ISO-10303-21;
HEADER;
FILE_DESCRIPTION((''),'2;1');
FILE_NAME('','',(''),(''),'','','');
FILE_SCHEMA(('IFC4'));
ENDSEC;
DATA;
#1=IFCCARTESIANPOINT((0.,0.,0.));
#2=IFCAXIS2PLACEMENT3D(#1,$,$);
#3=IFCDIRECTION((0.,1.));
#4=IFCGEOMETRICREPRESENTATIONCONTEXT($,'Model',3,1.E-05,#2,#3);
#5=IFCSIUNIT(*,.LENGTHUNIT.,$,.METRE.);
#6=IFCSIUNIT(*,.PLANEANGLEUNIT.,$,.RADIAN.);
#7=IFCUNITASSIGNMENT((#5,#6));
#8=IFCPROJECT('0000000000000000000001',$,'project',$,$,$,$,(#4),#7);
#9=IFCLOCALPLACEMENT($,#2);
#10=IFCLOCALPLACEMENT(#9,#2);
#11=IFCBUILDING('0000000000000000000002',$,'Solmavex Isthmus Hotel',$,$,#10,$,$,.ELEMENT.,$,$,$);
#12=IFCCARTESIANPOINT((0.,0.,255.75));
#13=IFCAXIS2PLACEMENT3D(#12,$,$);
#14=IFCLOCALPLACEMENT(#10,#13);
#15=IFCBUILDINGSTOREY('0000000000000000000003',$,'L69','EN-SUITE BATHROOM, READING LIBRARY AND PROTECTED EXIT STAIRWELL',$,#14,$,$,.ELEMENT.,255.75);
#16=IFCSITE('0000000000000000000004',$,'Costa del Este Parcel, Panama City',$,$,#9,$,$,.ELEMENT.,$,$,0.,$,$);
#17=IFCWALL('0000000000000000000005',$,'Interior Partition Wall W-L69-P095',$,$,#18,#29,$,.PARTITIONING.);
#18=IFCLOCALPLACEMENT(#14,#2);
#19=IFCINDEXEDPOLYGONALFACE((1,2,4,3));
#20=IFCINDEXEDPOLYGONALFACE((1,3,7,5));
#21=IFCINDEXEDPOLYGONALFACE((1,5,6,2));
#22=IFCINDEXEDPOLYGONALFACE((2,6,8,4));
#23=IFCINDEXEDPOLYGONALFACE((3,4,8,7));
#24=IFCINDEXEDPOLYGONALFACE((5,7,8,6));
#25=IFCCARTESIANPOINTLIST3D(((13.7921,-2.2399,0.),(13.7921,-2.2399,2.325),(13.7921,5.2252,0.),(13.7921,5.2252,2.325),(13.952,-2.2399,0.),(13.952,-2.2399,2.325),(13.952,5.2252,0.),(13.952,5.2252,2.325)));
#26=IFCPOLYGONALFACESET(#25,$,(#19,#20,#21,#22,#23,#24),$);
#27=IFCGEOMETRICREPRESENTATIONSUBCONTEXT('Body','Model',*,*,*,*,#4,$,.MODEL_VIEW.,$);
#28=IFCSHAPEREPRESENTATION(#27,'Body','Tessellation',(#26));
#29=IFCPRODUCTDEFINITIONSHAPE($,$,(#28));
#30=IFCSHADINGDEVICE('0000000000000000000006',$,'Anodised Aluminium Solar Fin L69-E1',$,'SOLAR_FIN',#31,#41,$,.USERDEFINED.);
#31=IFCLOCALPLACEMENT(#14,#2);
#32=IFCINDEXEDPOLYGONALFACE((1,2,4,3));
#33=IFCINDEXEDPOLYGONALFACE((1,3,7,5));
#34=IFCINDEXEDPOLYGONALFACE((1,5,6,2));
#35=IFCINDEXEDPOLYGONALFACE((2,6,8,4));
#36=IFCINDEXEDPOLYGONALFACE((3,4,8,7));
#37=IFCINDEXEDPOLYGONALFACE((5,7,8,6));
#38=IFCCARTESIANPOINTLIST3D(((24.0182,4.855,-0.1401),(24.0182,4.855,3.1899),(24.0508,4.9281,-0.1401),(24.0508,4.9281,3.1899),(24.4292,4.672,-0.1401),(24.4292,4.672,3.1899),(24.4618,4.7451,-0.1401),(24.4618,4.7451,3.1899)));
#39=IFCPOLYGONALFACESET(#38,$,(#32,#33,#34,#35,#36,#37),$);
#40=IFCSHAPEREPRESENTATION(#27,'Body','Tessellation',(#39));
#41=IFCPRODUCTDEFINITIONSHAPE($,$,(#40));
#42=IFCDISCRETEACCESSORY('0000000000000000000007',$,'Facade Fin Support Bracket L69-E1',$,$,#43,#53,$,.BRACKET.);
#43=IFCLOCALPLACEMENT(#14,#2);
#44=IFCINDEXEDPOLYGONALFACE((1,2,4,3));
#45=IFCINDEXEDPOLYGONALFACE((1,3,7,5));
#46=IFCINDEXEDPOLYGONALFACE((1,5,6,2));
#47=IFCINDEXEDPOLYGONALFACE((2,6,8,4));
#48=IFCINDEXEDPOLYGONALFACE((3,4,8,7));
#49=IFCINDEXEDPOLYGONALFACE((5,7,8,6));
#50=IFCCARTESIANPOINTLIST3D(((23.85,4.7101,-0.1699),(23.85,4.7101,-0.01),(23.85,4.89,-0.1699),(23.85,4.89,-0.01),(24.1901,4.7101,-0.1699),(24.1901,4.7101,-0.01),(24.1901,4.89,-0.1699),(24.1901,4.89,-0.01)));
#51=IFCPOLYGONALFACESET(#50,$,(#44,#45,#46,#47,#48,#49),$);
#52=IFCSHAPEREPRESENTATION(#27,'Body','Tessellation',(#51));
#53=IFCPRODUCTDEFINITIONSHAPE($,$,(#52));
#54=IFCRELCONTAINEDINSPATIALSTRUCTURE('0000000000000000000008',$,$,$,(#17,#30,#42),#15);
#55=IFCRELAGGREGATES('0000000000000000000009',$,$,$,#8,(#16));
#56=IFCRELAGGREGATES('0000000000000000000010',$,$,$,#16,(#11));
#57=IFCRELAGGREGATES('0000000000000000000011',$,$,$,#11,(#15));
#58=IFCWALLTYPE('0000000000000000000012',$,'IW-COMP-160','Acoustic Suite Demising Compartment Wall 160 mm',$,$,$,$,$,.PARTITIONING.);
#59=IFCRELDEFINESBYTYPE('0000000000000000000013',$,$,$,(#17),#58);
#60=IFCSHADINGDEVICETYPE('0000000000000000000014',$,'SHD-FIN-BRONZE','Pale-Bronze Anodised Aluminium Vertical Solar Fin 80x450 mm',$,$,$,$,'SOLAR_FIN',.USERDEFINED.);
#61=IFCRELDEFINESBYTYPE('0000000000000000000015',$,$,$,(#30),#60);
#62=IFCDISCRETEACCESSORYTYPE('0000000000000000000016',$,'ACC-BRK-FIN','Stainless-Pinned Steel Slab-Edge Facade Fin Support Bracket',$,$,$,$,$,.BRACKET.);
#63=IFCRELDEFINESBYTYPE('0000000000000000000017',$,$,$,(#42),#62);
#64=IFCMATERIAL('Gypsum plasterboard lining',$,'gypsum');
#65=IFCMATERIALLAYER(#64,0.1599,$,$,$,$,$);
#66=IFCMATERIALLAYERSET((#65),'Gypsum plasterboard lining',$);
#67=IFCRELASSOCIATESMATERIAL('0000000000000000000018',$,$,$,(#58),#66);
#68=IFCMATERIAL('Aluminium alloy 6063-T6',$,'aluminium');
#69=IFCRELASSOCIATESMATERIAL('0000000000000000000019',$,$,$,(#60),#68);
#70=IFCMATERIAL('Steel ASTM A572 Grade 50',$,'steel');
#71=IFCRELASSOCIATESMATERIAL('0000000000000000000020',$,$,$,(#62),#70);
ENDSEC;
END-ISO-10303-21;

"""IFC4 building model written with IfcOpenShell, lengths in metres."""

from ifc_helpers import new_model, si_unit, direction, frame, frame_2d, origin, origin_2d, place, context, subcontext, project, spatial, rectangle, extrude, material, layer, layer_set, type_object, element, save


model = new_model("IFC4")

# Units and contexts
model_context = context("Model", 3, precision=1e-05, world=origin(), true_north=direction((0.0, 1.0)))
body_context = subcontext(model_context, "Body", "Model", "MODEL_VIEW")
ifc_project = project(units=[si_unit("LENGTHUNIT", "METRE"), si_unit("PLANEANGLEUNIT", "RADIAN")], contexts=[model_context])

# Site, building, storey
site_placement = place(None, origin())
site = spatial("IfcSite", under=ifc_project, at=site_placement, Name="Costa del Este Parcel, Panama City", CompositionType="ELEMENT", RefElevation=0.0)
building_placement = place(site_placement, origin())
building = spatial("IfcBuilding", under=site, at=building_placement, Name="Solmavex Isthmus Hotel", CompositionType="ELEMENT")
storey_placement = place(building_placement, frame((0.0, 0.0, 255.75)))
storey = spatial("IfcBuildingStorey", under=building, at=storey_placement, Name="L69", Description="EN-SUITE BATHROOM, READING LIBRARY AND PROTECTED EXIT STAIRWELL", CompositionType="ELEMENT", Elevation=255.75)

# Shared definitions
ifc_material_1 = material(Name="Aluminium alloy 6063-T6", Category="aluminium")

# Wall
ifc_material_2 = material(Name="Gypsum plasterboard lining", Category="gypsum")
ifc_layer_1 = layer(ifc_material_2, 0.1599)
ifc_layer_set_1 = layer_set([ifc_layer_1], Name="Gypsum plasterboard lining")
wall_type_1 = type_object("IfcWallType", Name="IW-COMP-160", Description="Acoustic Suite Demising Compartment Wall 160 mm", PredefinedType="PARTITIONING", material=ifc_layer_set_1)
wall_1_placement = place(storey_placement, frame((13.8721, 5.2251, 0.0), z_axis=(0.0, 0.0, 1.0), x_axis=(0.0, -1.0, 0.0)))
element("IfcWall", 1, at=wall_1_placement, inside=storey, type_object=wall_type_1, Name="Interior Partition Wall W-L69-P095", PredefinedType="PARTITIONING", context=body_context, shape_type="SweptSolid", body=[
    extrude(rectangle(XDim=7.4651, YDim=0.1599, at=frame_2d((3.7324, 0.0))), origin(), (0.0, 0.0, 1.0), 2.325),
])

# Shading device
shading_device_type = type_object("IfcShadingDeviceType", Name="SHD-FIN-BRONZE", Description="Pale-Bronze Anodised Aluminium Vertical Solar Fin 80x450 mm", ElementType="SOLAR_FIN", PredefinedType="USERDEFINED", material=ifc_material_1)
shading_device_placement = place(storey_placement, frame((24.24, 4.8, -0.1401), z_axis=(0.0, 0.0, 1.0), x_axis=(0.913545, -0.406737, 0.0)))
element("IfcShadingDevice", 2, at=shading_device_placement, inside=storey, type_object=shading_device_type, Name="Anodised Aluminium Solar Fin L69-E1", ObjectType="SOLAR_FIN", PredefinedType="USERDEFINED", context=body_context, shape_type="SweptSolid", body=[
    extrude(rectangle(XDim=0.45, YDim=0.0801, at=origin_2d()), origin(), (0.0, 0.0, 1.0), 3.3301),
])

# Discrete accessory
ifc_material_3 = material(Name="Steel ASTM A572 Grade 50", Category="steel")
discrete_accessory_type = type_object("IfcDiscreteAccessoryType", Name="ACC-BRK-FIN", Description="Stainless-Pinned Steel Slab-Edge Facade Fin Support Bracket", PredefinedType="BRACKET", material=ifc_material_3)
discrete_accessory_placement = place(storey_placement, frame((24.02, 4.8, -0.1699), z_axis=(0.0, 0.0, 1.0), x_axis=(1.0, 0.0, 0.0)))
element("IfcDiscreteAccessory", 3, at=discrete_accessory_placement, inside=storey, type_object=discrete_accessory_type, Name="Facade Fin Support Bracket L69-E1", PredefinedType="BRACKET", context=body_context, shape_type="SweptSolid", body=[
    extrude(rectangle(XDim=0.3401, YDim=0.1799, at=origin_2d()), origin(), (0.0, 0.0, 1.0), 0.1599),
])

save(model, "model.ifc")
